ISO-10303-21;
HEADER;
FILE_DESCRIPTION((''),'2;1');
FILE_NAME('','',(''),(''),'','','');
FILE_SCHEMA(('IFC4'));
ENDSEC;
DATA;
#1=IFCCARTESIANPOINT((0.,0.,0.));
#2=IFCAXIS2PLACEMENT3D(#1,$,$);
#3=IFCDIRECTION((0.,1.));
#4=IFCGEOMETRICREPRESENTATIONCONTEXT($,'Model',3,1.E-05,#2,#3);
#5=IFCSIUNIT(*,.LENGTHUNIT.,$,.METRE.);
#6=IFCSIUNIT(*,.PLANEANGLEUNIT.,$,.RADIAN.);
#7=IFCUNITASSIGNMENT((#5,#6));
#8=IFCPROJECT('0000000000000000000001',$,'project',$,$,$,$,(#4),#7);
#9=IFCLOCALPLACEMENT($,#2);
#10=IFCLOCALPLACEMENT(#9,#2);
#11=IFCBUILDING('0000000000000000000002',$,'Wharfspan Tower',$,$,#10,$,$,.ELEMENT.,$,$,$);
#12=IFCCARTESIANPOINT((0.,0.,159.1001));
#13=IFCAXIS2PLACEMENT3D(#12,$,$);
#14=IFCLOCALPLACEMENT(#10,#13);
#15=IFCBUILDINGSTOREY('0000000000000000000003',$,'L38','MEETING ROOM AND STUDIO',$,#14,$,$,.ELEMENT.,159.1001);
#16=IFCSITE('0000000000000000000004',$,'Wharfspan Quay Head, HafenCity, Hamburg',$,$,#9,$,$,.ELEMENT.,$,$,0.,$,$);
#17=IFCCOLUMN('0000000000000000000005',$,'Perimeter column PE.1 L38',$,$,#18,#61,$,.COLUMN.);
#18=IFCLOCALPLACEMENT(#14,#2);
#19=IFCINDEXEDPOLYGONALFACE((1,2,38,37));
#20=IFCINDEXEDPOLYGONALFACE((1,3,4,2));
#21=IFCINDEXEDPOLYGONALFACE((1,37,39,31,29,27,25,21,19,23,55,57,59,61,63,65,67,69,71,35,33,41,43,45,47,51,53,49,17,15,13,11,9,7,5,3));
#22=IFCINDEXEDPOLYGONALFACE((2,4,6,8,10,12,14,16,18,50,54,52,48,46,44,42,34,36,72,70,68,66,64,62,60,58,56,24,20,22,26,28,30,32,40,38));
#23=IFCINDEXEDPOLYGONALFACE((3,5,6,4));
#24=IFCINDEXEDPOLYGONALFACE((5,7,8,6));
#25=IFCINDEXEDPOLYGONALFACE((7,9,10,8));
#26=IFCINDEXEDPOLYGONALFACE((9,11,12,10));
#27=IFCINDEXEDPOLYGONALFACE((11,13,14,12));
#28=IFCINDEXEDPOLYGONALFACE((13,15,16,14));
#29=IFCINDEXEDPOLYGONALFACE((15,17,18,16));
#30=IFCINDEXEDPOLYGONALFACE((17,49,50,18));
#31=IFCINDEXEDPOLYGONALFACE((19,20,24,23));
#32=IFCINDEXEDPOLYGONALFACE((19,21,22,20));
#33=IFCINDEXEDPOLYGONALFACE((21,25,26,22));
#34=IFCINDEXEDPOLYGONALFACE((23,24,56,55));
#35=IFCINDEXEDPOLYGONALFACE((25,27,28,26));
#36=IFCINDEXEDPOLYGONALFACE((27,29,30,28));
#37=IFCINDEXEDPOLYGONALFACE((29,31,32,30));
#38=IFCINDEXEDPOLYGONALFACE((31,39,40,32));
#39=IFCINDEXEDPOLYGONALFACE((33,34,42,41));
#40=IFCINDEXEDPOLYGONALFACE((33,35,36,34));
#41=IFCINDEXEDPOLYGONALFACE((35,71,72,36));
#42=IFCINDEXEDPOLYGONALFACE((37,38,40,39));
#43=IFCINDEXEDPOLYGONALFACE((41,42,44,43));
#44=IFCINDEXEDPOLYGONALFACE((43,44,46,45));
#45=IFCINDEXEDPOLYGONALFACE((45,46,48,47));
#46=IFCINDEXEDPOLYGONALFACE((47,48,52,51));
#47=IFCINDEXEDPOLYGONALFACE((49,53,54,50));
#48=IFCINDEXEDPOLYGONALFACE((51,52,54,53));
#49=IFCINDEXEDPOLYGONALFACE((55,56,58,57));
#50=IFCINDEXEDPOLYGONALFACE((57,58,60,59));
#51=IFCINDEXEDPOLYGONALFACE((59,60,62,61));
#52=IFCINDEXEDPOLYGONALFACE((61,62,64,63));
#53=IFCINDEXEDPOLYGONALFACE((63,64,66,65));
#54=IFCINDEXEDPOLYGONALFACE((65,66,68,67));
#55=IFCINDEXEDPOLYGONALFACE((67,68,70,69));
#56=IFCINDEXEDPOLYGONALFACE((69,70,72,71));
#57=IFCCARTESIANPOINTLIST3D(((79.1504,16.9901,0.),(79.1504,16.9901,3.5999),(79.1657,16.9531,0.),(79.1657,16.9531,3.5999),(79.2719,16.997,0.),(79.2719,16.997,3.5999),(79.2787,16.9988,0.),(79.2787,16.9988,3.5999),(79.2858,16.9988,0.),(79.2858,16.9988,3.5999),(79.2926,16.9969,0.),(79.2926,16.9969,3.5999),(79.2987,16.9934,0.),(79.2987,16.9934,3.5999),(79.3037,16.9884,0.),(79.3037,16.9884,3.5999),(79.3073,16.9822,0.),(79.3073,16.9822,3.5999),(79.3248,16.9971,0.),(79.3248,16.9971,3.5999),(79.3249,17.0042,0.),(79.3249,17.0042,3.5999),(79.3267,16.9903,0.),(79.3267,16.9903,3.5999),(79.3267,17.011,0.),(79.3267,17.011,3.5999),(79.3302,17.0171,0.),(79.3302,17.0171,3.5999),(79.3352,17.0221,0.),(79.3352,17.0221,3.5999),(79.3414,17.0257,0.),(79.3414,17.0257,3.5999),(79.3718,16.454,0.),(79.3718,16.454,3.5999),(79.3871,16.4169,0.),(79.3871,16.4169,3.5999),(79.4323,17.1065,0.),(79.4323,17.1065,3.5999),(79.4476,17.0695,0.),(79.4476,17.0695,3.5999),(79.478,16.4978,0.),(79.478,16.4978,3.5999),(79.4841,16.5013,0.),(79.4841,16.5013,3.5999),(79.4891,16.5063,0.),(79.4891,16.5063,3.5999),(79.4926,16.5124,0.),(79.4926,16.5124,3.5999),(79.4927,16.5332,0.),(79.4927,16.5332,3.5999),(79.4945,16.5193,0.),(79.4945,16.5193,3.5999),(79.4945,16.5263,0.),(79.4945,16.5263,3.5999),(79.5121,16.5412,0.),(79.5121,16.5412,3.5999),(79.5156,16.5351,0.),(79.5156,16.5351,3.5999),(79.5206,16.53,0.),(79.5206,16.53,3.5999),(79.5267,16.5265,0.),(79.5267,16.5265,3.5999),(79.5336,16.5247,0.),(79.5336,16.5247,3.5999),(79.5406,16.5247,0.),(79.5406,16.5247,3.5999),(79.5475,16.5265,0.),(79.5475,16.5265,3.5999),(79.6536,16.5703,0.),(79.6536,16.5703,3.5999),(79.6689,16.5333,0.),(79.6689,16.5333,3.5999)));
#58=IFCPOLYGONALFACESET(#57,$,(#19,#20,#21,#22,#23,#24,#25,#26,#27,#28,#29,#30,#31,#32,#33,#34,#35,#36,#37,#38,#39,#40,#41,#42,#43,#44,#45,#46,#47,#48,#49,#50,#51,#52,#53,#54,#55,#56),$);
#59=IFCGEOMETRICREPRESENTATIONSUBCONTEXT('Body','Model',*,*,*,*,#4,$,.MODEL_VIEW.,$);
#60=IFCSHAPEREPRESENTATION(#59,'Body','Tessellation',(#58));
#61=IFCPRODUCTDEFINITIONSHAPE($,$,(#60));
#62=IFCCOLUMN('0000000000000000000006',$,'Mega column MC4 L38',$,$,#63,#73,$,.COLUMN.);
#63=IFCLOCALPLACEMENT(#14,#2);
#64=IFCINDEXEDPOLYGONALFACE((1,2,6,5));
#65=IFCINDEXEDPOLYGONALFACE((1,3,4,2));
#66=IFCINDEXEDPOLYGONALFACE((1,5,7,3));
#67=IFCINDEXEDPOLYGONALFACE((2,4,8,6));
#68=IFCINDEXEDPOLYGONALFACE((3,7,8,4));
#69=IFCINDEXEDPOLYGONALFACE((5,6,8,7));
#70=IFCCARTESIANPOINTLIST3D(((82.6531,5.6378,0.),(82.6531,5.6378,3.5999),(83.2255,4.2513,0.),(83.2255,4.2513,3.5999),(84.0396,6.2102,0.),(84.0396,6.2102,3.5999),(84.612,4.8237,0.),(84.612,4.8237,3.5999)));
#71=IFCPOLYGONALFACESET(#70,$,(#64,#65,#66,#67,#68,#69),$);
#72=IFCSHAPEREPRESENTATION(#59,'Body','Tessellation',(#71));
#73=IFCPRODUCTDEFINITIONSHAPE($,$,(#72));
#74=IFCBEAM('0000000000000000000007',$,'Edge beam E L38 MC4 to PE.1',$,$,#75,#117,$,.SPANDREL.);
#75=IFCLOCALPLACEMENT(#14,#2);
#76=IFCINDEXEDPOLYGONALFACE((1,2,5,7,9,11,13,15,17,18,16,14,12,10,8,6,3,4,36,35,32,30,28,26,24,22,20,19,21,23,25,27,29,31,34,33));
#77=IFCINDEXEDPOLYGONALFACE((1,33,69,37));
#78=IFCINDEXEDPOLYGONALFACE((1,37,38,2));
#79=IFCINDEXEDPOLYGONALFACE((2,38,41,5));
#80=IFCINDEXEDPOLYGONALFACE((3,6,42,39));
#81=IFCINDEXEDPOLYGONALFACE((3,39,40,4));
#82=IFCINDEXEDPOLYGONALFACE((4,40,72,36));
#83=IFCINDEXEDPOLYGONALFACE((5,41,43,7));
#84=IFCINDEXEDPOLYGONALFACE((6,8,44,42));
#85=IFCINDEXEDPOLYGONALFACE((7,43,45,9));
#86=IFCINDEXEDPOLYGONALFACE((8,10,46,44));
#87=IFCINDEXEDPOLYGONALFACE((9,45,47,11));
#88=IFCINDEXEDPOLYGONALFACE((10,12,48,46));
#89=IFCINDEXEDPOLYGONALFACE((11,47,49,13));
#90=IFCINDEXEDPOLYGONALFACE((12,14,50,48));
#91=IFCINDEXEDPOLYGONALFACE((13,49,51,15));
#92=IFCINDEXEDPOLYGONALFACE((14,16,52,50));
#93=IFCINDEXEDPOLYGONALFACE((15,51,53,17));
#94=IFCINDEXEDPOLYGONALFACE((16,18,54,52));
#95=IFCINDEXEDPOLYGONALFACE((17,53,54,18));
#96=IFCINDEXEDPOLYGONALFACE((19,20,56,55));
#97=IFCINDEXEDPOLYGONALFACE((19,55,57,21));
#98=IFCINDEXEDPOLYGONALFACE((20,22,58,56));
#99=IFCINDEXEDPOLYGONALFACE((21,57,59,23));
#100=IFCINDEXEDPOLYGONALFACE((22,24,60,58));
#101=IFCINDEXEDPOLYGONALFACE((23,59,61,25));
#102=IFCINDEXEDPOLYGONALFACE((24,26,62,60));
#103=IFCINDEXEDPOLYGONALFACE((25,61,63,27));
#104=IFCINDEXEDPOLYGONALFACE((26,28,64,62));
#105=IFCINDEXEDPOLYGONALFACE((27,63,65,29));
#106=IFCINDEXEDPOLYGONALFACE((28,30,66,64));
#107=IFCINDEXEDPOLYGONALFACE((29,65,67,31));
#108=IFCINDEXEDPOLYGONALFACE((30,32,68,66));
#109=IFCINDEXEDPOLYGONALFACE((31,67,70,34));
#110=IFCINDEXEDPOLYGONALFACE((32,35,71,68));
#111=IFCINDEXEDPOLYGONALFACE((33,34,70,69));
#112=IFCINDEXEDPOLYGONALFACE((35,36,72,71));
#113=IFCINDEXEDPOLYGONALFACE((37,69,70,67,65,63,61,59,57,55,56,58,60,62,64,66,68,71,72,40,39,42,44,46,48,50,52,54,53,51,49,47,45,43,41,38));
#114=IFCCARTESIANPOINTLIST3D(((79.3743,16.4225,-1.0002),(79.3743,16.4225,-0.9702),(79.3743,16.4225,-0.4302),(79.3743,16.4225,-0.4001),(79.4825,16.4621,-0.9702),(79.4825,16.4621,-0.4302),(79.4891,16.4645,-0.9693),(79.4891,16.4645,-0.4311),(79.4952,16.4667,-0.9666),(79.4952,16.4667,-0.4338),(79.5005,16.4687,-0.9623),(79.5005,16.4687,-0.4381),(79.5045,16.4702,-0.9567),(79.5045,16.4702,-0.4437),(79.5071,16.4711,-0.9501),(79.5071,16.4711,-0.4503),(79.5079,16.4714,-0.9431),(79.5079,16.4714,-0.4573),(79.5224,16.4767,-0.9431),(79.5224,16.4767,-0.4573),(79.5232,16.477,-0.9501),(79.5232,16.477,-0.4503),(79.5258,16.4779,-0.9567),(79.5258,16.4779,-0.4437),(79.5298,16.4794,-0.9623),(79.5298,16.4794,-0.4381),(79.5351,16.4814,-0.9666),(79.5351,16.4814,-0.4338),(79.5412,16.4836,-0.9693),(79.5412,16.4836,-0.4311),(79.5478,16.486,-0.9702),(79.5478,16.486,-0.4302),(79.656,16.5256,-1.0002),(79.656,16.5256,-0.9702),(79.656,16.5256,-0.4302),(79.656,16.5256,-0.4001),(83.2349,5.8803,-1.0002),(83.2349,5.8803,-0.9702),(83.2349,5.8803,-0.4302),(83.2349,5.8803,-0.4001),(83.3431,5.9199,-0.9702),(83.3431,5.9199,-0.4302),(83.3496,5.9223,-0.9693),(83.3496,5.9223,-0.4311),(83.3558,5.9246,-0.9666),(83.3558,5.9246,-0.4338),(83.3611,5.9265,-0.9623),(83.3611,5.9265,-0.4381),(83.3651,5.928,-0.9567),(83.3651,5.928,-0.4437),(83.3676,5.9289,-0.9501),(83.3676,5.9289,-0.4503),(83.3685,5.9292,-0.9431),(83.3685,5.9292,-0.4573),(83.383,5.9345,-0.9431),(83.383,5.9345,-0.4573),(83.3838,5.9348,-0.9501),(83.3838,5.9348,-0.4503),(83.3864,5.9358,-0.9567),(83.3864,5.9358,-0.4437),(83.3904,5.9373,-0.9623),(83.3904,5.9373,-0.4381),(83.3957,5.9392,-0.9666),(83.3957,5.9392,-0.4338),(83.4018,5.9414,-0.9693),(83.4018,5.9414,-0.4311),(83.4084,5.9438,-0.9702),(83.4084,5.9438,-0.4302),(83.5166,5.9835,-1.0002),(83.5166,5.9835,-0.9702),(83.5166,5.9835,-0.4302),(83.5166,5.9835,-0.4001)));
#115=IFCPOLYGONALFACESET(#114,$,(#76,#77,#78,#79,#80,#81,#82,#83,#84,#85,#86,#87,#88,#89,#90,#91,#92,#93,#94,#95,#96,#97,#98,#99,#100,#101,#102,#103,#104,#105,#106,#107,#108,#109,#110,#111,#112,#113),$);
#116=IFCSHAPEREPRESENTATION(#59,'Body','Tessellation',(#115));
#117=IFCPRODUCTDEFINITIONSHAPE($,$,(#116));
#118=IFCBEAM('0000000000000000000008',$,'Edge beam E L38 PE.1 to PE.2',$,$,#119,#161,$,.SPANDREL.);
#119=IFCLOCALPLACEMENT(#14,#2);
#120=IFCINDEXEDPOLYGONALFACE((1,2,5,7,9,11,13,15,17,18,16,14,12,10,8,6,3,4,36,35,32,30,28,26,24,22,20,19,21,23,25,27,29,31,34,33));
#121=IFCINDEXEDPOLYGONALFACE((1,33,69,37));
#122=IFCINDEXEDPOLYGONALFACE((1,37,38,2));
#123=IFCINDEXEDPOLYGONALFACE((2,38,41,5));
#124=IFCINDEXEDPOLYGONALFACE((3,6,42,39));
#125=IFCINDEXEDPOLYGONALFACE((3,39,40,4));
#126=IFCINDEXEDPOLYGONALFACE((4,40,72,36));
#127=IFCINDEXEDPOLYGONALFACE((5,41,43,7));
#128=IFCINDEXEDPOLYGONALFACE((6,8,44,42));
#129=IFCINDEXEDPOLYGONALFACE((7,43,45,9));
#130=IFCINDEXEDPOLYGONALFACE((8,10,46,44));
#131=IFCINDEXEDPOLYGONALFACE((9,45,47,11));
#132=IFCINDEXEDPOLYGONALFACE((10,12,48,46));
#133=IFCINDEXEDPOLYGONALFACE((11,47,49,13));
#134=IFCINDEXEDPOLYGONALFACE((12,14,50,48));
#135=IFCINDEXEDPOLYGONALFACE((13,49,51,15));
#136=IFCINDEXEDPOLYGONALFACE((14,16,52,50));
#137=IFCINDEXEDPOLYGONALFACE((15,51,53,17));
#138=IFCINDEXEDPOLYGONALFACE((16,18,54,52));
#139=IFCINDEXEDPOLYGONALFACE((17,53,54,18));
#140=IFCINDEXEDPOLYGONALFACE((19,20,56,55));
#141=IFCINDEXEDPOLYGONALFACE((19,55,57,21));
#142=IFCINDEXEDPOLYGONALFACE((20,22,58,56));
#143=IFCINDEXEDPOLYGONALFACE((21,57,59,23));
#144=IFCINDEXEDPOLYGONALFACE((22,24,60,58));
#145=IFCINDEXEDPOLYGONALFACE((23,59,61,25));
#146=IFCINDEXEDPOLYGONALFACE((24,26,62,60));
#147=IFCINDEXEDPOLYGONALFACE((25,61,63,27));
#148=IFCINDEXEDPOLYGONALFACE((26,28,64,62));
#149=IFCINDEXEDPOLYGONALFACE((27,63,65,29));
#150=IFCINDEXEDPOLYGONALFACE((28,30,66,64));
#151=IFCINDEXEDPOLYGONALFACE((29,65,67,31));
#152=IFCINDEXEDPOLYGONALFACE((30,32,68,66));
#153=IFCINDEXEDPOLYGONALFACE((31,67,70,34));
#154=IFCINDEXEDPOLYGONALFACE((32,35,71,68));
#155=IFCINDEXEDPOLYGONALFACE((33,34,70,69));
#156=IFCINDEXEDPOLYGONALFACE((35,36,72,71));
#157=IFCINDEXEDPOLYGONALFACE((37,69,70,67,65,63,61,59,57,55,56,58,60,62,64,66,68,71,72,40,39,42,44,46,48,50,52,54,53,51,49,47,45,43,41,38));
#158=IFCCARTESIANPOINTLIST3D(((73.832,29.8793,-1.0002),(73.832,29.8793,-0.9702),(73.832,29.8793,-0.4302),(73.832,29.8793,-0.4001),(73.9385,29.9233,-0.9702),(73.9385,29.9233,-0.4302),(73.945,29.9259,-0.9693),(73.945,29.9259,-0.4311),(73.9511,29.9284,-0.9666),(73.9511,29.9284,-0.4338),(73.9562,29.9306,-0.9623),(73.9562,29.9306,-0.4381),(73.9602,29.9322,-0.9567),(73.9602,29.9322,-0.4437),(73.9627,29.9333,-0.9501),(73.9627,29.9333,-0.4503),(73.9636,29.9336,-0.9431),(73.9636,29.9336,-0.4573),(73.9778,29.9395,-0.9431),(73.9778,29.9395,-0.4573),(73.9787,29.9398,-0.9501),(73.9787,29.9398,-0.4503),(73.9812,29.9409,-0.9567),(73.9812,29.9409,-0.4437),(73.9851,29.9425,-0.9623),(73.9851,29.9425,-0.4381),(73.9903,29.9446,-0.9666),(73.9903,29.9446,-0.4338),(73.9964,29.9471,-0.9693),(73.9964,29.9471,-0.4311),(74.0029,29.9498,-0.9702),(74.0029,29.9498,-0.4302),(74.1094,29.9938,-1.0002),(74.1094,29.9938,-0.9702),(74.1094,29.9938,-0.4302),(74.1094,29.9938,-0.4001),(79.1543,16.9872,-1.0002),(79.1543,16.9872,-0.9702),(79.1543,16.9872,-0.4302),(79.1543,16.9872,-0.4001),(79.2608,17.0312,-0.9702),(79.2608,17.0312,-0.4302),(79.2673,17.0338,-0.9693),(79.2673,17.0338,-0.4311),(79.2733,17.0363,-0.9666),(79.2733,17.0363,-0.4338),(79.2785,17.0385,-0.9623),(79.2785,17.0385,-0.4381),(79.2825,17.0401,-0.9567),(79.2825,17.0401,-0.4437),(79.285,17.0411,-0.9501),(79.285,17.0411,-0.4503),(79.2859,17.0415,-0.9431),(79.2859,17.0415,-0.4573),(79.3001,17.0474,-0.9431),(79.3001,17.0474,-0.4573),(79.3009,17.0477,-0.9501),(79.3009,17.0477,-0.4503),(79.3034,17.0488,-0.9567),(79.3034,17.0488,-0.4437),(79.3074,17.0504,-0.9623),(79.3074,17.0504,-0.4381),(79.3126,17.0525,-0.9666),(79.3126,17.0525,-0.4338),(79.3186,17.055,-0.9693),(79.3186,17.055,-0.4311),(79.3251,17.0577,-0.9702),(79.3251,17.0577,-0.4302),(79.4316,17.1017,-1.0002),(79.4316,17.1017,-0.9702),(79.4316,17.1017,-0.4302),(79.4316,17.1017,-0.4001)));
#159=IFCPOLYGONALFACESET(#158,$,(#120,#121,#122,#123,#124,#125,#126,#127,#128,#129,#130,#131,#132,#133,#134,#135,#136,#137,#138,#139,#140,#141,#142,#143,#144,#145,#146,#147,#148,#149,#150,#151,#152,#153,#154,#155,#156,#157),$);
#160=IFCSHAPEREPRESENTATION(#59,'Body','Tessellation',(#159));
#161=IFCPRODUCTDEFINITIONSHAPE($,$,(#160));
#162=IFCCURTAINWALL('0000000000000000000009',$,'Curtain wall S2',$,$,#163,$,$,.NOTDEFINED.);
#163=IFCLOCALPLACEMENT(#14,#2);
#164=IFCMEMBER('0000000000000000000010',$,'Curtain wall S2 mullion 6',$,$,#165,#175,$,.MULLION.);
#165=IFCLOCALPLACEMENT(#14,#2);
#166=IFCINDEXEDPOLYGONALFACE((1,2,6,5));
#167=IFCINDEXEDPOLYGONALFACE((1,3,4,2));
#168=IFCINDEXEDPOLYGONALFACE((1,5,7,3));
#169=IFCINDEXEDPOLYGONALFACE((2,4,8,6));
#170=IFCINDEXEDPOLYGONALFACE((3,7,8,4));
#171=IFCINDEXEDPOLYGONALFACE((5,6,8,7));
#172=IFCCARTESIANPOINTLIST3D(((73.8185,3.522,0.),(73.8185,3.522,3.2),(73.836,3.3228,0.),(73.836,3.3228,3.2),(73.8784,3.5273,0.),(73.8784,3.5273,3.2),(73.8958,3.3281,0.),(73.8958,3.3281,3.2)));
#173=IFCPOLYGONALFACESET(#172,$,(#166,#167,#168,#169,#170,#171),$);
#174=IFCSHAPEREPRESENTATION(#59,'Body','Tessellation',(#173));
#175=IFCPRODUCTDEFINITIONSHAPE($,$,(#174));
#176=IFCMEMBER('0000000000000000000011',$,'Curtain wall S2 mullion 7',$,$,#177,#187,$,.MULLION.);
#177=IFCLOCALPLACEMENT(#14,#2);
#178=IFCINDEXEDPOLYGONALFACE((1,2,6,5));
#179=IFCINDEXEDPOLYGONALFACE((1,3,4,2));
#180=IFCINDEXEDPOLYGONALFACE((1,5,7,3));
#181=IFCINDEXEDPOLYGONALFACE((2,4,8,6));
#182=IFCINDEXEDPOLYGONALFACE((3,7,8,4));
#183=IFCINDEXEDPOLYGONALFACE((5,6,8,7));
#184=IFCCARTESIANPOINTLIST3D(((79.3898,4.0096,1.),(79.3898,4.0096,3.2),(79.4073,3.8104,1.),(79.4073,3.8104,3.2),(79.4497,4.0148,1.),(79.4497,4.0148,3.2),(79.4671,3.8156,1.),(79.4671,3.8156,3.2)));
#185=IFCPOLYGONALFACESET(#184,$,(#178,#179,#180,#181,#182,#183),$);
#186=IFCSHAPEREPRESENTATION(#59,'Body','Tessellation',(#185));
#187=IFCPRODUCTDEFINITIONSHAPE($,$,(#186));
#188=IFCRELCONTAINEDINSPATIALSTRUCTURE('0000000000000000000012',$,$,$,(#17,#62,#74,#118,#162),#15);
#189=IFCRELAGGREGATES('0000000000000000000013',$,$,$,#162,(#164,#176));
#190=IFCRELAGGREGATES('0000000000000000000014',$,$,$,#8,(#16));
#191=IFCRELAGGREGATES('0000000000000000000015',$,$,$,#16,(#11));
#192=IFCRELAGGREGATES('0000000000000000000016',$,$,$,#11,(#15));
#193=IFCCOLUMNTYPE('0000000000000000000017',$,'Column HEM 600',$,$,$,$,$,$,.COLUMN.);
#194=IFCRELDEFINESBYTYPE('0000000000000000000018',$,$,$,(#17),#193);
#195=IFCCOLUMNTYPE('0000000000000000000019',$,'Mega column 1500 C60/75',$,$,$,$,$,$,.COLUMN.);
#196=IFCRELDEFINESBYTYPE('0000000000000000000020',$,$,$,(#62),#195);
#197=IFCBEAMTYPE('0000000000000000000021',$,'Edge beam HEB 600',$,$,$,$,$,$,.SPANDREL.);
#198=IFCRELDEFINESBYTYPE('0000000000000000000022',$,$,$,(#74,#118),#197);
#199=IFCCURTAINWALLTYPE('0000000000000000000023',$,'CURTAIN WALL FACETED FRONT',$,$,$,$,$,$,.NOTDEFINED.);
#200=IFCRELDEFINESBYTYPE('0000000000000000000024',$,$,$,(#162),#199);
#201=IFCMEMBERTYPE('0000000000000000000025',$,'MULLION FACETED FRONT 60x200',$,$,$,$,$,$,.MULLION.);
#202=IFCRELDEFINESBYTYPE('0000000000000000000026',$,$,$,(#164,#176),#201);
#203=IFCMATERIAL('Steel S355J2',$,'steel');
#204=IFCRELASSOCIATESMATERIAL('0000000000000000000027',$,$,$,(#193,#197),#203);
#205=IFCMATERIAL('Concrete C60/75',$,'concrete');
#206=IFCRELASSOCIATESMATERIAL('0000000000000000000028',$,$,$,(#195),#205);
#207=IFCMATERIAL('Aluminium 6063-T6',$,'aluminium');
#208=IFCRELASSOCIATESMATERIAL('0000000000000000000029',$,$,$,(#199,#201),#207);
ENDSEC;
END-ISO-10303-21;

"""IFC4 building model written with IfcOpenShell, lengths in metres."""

from ifc_helpers import new_model, si_unit, direction, frame, origin, origin_2d, place, context, subcontext, project, spatial, rectangle, i_section, extrude, material, material_profile, profile_set, type_object, element, aggregate, save


model = new_model("IFC4")

# Units and contexts
model_context = context("Model", 3, precision=1e-05, world=origin(), true_north=direction((0.0, 1.0)))
body_context = subcontext(model_context, "Body", "Model", "MODEL_VIEW")
ifc_project = project(units=[si_unit("LENGTHUNIT", "METRE"), si_unit("PLANEANGLEUNIT", "RADIAN")], contexts=[model_context])

# Site, building, storey
site_placement = place(None, origin())
site = spatial("IfcSite", under=ifc_project, at=site_placement, Name="Wharfspan Quay Head, HafenCity, Hamburg", CompositionType="ELEMENT", RefElevation=0.0)
building_placement = place(site_placement, origin())
building = spatial("IfcBuilding", under=site, at=building_placement, Name="Wharfspan Tower", CompositionType="ELEMENT")
storey_placement = place(building_placement, frame((0.0, 0.0, 159.1001)))
storey = spatial("IfcBuildingStorey", under=building, at=storey_placement, Name="L38", Description="MEETING ROOM AND STUDIO", CompositionType="ELEMENT", Elevation=159.1001)

# Columns
ifc_material_1 = material(Name="Steel S355J2", Category="steel")
ifc_material_profile_1 = material_profile(ifc_material_1, i_section(OverallWidth=0.3049, OverallDepth=0.6201, WebThickness=0.021, FlangeThickness=0.04, FilletRadius=0.0271, at=origin_2d()))
ifc_profile_set_1 = profile_set([ifc_material_profile_1], Name="Steel S355J2")
column_type_1 = type_object("IfcColumnType", Name="Column HEM 600", PredefinedType="COLUMN", material=ifc_profile_set_1)
column_1_placement = place(storey_placement, frame((79.4097, 16.7617, 0.0), z_axis=(0.0, 0.0, 1.0), x_axis=(0.924325, 0.381602, 0.0)))
element("IfcColumn", 1, at=column_1_placement, inside=storey, type_object=column_type_1, Name="Perimeter column PE.1 L38", PredefinedType="COLUMN", context=body_context, shape_type="SweptSolid", body=[
    extrude(i_section(OverallWidth=0.3049, OverallDepth=0.6201, WebThickness=0.021, FlangeThickness=0.04, FilletRadius=0.0271, at=origin_2d()), origin(), (0.0, 0.0, 1.0), 3.5999),
])
ifc_material_2 = material(Name="Concrete C60/75", Category="concrete")
ifc_material_profile_2 = material_profile(ifc_material_2, rectangle(XDim=1.5, YDim=1.5, at=origin_2d()))
ifc_profile_set_2 = profile_set([ifc_material_profile_2], Name="Concrete C60/75")
column_type_2 = type_object("IfcColumnType", Name="Mega column 1500 C60/75", PredefinedType="COLUMN", material=ifc_profile_set_2)
column_2_placement = place(storey_placement, frame((83.6326, 5.2307, 0.0), z_axis=(0.0, 0.0, 1.0), x_axis=(-0.381602, 0.924325, 0.0)))
element("IfcColumn", 2, at=column_2_placement, inside=storey, type_object=column_type_2, Name="Mega column MC4 L38", PredefinedType="COLUMN", context=body_context, shape_type="SweptSolid", body=[
    extrude(rectangle(XDim=1.5, YDim=1.5, at=origin_2d()), origin(), (0.0, 0.0, 1.0), 3.5999),
])

# Beams
ifc_material_profile_3 = material_profile(ifc_material_1, i_section(OverallWidth=0.3, OverallDepth=0.6001, WebThickness=0.0154, FlangeThickness=0.03, FilletRadius=0.0271, at=origin_2d()))
ifc_profile_set_3 = profile_set([ifc_material_profile_3], Name="Steel S355J2")
beam_type = type_object("IfcBeamType", Name="Edge beam HEB 600", PredefinedType="SPANDREL", material=ifc_profile_set_3)
beam_1_placement = place(storey_placement, frame((83.3757, 5.9319, -0.7002), z_axis=(-0.343871, 0.939017, 0.0), x_axis=(-0.939017, -0.343871, 0.0)))
element("IfcBeam", 3, at=beam_1_placement, inside=storey, type_object=beam_type, Name="Edge beam E L38 MC4 to PE.1", PredefinedType="SPANDREL", context=body_context, shape_type="SweptSolid", body=[
    extrude(i_section(OverallWidth=0.3, OverallDepth=0.6001, WebThickness=0.0154, FlangeThickness=0.03, FilletRadius=0.0271, at=origin_2d()), origin(), (0.0, 0.0, 1.0), 11.2268),
])
beam_2_placement = place(storey_placement, frame((79.293, 17.0444, -0.7002), z_axis=(-0.381593, 0.92433, 0.0), x_axis=(-0.92433, -0.381593, 0.0)))
element("IfcBeam", 4, at=beam_2_placement, inside=storey, type_object=beam_type, Name="Edge beam E L38 PE.1 to PE.2", PredefinedType="SPANDREL", context=body_context, shape_type="SweptSolid", body=[
    extrude(i_section(OverallWidth=0.3, OverallDepth=0.6001, WebThickness=0.0154, FlangeThickness=0.03, FilletRadius=0.0271, at=origin_2d()), origin(), (0.0, 0.0, 1.0), 13.9475),
])

# Curtain wall, members
ifc_material_3 = material(Name="Aluminium 6063-T6", Category="aluminium")
curtain_wall_type_1 = type_object("IfcCurtainWallType", Name="CURTAIN WALL FACETED FRONT", PredefinedType="NOTDEFINED", material=ifc_material_3)
curtain_wall_1_placement = place(storey_placement, origin())
curtain_wall_1 = element("IfcCurtainWall", 5, at=curtain_wall_1_placement, inside=storey, type_object=curtain_wall_type_1, Name="Curtain wall S2", PredefinedType="NOTDEFINED")
ifc_material_profile_4 = material_profile(ifc_material_3, rectangle(XDim=0.2, YDim=0.0601, at=origin_2d()))
ifc_profile_set_4 = profile_set([ifc_material_profile_4], Name="Aluminium 6063-T6")
member_type_1 = type_object("IfcMemberType", Name="MULLION FACETED FRONT 60x200", PredefinedType="MULLION", material=ifc_profile_set_4)
member_1_placement = place(storey_placement, frame((73.8572, 3.425, 0.0), z_axis=(0.0, 0.0, 1.0), x_axis=(-0.087156, 0.996198, 0.0)))
member_1 = element("IfcMember", 6, at=member_1_placement, type_object=member_type_1, Name="Curtain wall S2 mullion 6", PredefinedType="MULLION", context=body_context, shape_type="SweptSolid", body=[
    extrude(rectangle(XDim=0.2, YDim=0.0601, at=origin_2d()), origin(), (0.0, 0.0, 1.0), 3.2),
])
member_2_placement = place(storey_placement, frame((79.4285, 3.9126, 1.0), z_axis=(0.0, 0.0, 1.0), x_axis=(-0.087156, 0.996198, 0.0)))
member_2 = element("IfcMember", 7, at=member_2_placement, type_object=member_type_1, Name="Curtain wall S2 mullion 7", PredefinedType="MULLION", context=body_context, shape_type="SweptSolid", body=[
    extrude(rectangle(XDim=0.2, YDim=0.0601, at=origin_2d()), origin(), (0.0, 0.0, 1.0), 2.2),
])

aggregate(curtain_wall_1, [member_1, member_2])

save(model, "model.ifc")
